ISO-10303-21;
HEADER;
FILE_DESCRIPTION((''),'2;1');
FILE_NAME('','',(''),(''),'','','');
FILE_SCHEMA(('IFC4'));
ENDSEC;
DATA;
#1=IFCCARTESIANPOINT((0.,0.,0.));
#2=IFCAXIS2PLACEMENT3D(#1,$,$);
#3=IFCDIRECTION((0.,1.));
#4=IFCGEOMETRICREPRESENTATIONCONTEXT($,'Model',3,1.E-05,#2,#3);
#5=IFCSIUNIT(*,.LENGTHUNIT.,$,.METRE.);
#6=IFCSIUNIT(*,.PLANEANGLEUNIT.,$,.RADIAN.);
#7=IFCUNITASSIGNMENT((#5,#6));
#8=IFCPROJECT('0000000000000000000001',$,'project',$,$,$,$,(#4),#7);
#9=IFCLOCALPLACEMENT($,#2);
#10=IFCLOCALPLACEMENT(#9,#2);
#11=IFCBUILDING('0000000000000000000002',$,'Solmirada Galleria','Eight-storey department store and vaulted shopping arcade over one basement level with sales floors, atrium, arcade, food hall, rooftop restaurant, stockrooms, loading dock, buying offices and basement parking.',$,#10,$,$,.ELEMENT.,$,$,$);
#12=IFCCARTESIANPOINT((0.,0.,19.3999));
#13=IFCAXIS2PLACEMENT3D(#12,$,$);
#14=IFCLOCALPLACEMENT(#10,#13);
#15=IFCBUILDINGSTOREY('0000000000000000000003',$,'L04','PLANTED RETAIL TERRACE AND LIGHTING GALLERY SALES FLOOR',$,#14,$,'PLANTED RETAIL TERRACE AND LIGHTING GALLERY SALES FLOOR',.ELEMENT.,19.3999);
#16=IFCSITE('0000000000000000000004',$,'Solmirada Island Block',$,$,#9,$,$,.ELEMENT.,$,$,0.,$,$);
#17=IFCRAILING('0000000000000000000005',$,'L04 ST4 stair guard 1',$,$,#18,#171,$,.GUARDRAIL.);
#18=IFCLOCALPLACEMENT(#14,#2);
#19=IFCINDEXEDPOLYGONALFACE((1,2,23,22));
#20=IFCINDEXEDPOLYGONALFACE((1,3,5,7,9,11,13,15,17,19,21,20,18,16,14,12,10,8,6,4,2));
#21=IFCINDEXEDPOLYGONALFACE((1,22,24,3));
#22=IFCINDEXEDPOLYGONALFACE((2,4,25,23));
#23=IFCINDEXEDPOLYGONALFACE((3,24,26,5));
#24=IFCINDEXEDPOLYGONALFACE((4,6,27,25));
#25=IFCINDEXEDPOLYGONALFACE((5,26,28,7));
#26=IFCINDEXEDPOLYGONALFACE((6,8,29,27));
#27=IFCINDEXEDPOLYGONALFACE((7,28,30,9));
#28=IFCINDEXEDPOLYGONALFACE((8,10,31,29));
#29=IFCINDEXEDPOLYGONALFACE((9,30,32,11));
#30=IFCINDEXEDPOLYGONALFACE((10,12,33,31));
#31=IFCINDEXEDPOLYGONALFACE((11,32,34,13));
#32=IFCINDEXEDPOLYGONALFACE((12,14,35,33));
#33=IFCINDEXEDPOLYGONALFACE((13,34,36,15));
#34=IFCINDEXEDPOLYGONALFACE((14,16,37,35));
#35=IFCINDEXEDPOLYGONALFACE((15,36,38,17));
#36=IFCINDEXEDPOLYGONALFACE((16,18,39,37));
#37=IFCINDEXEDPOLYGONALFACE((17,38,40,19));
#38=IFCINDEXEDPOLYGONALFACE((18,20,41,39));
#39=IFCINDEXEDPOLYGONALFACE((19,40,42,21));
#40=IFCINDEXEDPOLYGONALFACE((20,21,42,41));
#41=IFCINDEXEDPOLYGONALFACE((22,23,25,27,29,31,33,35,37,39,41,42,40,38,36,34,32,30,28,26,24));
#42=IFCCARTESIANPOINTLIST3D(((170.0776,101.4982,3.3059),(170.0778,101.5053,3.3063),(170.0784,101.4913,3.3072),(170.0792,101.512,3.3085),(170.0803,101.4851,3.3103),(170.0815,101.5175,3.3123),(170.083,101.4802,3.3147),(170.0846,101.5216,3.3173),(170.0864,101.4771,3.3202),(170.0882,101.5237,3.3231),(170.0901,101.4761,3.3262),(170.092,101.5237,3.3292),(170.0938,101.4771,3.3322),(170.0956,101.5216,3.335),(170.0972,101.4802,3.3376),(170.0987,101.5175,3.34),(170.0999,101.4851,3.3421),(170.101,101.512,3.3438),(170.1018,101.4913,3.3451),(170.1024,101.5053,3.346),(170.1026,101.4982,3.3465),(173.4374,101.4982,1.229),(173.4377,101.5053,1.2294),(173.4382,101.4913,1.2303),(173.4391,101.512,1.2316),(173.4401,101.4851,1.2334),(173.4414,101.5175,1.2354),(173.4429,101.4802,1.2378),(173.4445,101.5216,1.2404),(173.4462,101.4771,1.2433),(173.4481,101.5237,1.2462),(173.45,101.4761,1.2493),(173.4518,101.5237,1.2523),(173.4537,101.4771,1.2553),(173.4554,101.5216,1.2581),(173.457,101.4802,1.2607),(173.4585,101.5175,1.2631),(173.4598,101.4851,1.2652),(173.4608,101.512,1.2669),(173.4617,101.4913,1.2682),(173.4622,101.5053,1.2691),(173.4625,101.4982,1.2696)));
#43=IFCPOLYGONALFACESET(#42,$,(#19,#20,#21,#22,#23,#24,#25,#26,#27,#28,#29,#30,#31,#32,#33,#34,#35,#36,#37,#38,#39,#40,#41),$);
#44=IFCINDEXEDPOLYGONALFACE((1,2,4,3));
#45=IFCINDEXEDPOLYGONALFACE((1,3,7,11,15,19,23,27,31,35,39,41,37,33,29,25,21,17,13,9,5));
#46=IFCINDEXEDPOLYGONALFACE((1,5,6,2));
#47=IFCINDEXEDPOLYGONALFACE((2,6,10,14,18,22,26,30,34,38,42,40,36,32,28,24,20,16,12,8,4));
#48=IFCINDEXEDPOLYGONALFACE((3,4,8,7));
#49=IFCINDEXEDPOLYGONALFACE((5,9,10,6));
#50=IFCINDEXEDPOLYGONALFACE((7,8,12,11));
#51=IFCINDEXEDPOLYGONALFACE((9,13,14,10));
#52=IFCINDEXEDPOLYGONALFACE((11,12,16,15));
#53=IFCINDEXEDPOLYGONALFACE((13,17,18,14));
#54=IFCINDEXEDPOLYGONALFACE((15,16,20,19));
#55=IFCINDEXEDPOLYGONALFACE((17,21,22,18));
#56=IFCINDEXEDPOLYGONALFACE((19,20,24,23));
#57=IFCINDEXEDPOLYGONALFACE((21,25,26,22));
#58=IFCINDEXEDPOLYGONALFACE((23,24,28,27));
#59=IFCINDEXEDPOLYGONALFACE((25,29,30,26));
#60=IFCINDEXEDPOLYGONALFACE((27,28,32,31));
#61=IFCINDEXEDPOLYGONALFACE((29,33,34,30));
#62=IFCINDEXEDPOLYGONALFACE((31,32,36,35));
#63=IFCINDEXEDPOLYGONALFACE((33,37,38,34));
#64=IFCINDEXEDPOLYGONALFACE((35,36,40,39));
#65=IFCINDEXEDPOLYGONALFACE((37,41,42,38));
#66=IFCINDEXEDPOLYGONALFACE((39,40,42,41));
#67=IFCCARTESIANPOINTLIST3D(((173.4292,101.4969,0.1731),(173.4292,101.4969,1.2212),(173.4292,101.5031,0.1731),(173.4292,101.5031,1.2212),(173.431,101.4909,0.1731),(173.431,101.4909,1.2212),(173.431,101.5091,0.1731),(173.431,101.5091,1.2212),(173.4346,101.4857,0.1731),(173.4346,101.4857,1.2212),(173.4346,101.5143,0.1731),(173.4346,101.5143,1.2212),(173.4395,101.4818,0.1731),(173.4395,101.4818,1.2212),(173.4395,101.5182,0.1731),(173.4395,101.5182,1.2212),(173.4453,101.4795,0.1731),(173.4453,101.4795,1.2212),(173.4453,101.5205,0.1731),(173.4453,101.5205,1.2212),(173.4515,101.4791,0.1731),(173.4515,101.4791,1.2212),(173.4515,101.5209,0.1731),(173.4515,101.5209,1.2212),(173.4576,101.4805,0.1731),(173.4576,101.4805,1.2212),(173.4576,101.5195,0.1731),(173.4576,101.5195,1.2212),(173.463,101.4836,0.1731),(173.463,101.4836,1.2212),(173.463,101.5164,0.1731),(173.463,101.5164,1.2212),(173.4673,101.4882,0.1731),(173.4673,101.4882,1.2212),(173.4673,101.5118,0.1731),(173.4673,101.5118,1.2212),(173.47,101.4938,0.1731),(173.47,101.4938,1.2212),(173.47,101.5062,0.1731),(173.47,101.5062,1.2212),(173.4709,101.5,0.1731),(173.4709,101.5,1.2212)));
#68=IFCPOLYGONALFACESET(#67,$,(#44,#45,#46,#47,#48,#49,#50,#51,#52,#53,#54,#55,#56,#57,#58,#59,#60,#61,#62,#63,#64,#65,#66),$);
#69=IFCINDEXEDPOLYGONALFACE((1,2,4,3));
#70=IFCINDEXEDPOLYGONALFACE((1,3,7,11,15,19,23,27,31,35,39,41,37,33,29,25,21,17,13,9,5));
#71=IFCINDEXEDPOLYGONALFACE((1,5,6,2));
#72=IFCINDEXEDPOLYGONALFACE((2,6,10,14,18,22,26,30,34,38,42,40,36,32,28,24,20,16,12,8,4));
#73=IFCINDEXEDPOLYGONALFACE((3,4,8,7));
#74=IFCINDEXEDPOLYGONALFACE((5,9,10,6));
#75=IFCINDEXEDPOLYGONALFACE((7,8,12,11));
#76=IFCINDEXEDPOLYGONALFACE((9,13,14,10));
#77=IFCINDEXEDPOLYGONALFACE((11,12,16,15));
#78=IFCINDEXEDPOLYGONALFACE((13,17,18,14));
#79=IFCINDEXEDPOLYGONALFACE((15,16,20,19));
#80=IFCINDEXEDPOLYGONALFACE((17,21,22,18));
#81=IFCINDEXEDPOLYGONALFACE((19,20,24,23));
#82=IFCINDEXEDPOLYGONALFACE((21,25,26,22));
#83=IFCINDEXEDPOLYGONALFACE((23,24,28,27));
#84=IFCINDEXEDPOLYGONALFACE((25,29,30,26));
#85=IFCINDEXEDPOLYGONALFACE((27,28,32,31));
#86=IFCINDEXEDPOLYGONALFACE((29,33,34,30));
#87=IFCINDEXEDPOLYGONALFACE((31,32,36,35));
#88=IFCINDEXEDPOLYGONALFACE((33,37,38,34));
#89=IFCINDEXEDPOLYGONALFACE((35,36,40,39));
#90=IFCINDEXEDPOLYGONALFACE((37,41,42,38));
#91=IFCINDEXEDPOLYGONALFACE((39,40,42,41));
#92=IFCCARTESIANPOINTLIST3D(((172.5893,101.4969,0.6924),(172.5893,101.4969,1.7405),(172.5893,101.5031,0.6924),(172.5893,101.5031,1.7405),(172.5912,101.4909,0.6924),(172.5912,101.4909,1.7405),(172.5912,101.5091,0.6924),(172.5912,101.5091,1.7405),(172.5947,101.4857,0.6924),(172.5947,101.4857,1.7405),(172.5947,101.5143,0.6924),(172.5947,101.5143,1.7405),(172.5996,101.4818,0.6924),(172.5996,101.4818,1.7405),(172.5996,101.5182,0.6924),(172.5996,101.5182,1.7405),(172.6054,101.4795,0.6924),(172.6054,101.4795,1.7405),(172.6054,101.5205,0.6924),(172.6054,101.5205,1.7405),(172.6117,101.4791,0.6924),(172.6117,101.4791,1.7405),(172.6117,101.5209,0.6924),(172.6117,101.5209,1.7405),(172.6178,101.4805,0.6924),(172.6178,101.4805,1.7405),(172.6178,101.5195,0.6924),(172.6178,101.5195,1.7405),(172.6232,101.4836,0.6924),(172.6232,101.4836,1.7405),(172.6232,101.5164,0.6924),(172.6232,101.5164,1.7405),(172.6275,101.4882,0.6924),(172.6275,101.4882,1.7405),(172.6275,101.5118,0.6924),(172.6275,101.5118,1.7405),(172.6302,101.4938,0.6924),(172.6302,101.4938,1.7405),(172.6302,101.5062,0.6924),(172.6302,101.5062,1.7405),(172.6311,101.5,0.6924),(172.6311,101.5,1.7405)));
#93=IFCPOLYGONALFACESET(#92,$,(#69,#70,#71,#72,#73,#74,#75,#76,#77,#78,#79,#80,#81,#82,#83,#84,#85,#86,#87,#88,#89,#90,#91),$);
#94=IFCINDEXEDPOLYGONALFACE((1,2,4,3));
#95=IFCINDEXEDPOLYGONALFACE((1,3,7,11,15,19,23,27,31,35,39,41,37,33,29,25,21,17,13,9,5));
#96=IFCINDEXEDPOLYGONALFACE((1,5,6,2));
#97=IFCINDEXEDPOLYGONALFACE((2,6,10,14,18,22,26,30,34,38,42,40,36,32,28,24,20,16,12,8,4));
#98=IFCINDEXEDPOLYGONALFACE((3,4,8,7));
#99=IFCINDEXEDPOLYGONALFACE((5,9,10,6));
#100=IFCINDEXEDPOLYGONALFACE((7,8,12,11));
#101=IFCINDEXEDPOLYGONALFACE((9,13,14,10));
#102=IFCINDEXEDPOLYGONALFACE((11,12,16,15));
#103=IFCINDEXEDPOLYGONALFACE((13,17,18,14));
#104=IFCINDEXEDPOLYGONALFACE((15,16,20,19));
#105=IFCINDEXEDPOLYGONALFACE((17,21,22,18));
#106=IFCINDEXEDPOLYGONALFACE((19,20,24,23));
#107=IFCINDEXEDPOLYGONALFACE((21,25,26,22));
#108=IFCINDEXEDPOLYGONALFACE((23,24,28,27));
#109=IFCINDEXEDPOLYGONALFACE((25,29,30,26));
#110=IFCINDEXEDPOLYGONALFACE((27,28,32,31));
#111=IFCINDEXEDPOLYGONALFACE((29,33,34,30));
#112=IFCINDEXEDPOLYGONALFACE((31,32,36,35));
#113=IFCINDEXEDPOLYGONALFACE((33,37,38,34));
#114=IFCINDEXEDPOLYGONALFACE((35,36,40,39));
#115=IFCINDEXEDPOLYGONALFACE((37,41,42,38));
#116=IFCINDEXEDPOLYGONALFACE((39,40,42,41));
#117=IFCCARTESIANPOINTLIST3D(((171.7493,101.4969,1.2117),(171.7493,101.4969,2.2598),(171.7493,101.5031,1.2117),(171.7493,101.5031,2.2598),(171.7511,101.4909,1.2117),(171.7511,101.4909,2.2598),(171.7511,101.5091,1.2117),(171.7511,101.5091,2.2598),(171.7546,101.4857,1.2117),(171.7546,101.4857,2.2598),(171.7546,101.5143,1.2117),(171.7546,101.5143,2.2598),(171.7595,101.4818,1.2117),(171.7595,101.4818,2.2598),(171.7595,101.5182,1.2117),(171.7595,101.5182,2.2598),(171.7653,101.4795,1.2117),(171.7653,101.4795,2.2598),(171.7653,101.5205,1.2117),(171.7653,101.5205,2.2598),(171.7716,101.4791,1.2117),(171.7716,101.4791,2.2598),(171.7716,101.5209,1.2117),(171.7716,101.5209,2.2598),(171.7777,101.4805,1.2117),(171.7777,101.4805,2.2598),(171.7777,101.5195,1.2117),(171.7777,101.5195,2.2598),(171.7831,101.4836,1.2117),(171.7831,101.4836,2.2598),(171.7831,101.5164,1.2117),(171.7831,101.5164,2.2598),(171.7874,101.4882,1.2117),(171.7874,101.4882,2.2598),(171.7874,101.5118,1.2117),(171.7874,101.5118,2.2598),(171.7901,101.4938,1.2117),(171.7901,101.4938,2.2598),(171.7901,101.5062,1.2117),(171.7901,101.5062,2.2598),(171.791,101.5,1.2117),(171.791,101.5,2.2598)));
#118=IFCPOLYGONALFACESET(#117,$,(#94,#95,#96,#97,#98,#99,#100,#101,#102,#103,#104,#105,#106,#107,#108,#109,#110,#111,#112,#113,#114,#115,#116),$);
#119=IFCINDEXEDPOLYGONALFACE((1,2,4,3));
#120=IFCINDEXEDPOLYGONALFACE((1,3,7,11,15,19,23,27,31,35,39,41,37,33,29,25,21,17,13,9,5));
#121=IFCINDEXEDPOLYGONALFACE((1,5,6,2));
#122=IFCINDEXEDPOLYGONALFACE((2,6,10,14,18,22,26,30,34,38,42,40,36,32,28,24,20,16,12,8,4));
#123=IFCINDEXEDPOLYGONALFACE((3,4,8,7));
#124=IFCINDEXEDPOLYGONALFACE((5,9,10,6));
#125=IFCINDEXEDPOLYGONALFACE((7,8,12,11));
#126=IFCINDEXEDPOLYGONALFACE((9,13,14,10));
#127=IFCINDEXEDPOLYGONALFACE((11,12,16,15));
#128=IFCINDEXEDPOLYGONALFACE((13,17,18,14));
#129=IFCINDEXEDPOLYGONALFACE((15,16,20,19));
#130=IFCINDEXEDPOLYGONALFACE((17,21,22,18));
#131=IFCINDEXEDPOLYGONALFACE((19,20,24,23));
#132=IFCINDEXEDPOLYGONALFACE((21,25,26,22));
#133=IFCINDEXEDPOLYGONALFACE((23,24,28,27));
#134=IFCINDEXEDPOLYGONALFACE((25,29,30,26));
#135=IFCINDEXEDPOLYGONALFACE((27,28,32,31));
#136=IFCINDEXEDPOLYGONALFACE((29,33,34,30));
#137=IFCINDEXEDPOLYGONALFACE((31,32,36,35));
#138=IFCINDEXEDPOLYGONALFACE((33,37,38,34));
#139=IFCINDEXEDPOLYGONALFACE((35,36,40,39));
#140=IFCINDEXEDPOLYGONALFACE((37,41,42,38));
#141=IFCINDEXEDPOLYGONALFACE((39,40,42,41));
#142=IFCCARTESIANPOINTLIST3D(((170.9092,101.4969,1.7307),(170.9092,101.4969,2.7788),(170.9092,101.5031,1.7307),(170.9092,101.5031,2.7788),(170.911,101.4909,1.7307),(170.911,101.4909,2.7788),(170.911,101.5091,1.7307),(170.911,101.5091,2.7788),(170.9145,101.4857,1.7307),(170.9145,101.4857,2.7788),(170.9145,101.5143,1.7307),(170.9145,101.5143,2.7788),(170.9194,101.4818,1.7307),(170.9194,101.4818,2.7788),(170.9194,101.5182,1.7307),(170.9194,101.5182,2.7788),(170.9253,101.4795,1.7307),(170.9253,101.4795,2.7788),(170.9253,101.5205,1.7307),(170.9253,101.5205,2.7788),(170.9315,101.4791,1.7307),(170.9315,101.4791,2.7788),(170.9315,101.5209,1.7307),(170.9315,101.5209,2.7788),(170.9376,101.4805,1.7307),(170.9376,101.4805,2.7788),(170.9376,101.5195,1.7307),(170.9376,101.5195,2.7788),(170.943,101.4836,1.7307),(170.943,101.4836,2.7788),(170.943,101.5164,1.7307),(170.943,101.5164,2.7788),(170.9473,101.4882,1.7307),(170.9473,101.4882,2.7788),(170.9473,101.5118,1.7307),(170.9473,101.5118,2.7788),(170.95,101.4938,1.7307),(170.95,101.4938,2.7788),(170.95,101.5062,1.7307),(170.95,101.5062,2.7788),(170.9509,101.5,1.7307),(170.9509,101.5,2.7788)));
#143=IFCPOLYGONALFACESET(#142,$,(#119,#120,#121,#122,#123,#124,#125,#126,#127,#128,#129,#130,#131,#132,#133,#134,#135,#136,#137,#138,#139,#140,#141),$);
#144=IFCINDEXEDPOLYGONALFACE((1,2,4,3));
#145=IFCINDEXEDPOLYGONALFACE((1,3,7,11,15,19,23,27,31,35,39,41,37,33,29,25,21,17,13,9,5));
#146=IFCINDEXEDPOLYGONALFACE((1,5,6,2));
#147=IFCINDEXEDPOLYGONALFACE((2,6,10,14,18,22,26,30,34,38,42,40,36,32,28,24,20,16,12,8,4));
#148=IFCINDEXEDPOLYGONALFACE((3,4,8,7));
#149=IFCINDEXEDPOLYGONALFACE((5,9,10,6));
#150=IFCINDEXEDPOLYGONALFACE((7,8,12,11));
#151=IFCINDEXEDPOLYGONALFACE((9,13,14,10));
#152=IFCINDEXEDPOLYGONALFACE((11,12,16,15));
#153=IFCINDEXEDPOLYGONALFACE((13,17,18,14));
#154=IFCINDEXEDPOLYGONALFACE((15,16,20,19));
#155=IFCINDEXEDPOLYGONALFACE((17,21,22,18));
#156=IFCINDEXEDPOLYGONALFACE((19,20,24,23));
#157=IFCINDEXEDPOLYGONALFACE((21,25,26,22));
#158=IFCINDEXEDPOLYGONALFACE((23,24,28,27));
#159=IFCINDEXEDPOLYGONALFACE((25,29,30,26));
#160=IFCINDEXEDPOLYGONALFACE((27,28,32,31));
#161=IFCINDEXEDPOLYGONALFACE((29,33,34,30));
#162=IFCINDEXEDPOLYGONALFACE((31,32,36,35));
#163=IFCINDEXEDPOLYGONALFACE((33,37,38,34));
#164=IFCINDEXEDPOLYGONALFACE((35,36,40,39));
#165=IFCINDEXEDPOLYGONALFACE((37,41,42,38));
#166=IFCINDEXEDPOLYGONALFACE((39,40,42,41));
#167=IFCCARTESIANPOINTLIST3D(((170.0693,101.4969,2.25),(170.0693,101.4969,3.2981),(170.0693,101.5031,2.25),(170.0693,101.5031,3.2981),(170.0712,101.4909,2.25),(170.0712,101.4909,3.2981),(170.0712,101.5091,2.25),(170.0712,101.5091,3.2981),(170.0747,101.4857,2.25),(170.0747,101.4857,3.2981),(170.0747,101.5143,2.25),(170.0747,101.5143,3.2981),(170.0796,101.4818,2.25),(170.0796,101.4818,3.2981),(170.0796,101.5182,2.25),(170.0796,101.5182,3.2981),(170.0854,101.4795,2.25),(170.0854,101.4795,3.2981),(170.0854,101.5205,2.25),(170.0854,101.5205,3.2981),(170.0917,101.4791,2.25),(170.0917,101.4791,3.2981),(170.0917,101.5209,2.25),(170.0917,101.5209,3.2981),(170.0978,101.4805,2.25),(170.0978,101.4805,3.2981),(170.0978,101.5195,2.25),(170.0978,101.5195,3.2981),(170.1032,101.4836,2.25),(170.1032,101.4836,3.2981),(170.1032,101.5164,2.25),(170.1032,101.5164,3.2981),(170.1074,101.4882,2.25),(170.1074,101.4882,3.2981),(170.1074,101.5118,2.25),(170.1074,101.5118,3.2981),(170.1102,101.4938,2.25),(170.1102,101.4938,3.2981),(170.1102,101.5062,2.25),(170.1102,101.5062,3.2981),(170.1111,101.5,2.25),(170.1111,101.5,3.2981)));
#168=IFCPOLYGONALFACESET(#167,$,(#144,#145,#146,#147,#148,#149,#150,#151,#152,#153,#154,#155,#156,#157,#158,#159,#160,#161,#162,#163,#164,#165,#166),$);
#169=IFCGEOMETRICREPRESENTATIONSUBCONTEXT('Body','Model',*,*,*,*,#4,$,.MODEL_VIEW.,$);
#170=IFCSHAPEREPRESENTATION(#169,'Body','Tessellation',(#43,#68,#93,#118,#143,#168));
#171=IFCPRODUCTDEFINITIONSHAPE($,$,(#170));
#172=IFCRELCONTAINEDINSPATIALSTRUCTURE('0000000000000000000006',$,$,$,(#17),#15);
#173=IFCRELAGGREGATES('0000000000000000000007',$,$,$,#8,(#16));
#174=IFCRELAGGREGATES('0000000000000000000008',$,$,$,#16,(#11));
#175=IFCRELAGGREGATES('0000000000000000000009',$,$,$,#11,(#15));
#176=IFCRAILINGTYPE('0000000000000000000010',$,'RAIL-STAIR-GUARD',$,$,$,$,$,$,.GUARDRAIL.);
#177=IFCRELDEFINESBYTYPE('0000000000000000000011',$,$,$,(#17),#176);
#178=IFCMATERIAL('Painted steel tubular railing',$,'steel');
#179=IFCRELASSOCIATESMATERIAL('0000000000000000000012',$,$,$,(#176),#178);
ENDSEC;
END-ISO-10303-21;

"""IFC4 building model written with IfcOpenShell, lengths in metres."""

from ifc_helpers import new_model, si_unit, direction, frame, origin, origin_2d, place, context, subcontext, project, spatial, circle, extrude, material, type_object, element, save


model = new_model("IFC4")

# Units and contexts
model_context = context("Model", 3, precision=1e-05, world=origin(), true_north=direction((0.0, 1.0)))
body_context = subcontext(model_context, "Body", "Model", "MODEL_VIEW")
ifc_project = project(units=[si_unit("LENGTHUNIT", "METRE"), si_unit("PLANEANGLEUNIT", "RADIAN")], contexts=[model_context])

# Site, building, storey
site_placement = place(None, origin())
site = spatial("IfcSite", under=ifc_project, at=site_placement, Name="Solmirada Island Block", CompositionType="ELEMENT", RefElevation=0.0)
building_placement = place(site_placement, origin())
building = spatial("IfcBuilding", under=site, at=building_placement, Name="Solmirada Galleria", Description="Eight-storey department store and vaulted shopping arcade over one basement level with sales floors, atrium, arcade, food hall, rooftop restaurant, stockrooms, loading dock, buying offices and basement parking.", CompositionType="ELEMENT")
storey_placement = place(building_placement, frame((0.0, 0.0, 19.3999)))
storey = spatial("IfcBuildingStorey", under=building, at=storey_placement, Name="L04", Description="PLANTED RETAIL TERRACE AND LIGHTING GALLERY SALES FLOOR", LongName="PLANTED RETAIL TERRACE AND LIGHTING GALLERY SALES FLOOR", CompositionType="ELEMENT", Elevation=19.3999)

# Railing
ifc_material_1 = material(Name="Painted steel tubular railing", Category="steel")
railing_type_1 = type_object("IfcRailingType", Name="RAIL-STAIR-GUARD", PredefinedType="GUARDRAIL", material=ifc_material_1)
railing_1_placement = place(storey_placement, frame((173.45, 101.5, 0.1731)))
element("IfcRailing", 1, at=railing_1_placement, inside=storey, type_object=railing_type_1, Name="L04 ST4 stair guard 1", PredefinedType="GUARDRAIL", context=body_context, shape_type="SweptSolid", body=[
    extrude(circle(Radius=0.0239, at=origin_2d()), frame((0.0, 0.0, 1.0762), z_axis=(-0.850606, 0.0, 0.525803), x_axis=(0.0, -1.0, 0.0)), (0.0, 0.0, 1.0), 3.95),
    extrude(circle(Radius=0.021, at=origin_2d()), origin(), (0.0, 0.0, 1.0), 1.0481),
    extrude(circle(Radius=0.021, at=origin_2d()), frame((-0.8398, 0.0, 0.5193)), (0.0, 0.0, 1.0), 1.0481),
    extrude(circle(Radius=0.021, at=origin_2d()), frame((-1.6799, 0.0, 1.0386)), (0.0, 0.0, 1.0), 1.0481),
    extrude(circle(Radius=0.021, at=origin_2d()), frame((-2.52, 0.0, 1.5576)), (0.0, 0.0, 1.0), 1.0481),
    extrude(circle(Radius=0.021, at=origin_2d()), frame((-3.3599, 0.0, 2.0769)), (0.0, 0.0, 1.0), 1.0481),
])

save(model, "model.ifc")
